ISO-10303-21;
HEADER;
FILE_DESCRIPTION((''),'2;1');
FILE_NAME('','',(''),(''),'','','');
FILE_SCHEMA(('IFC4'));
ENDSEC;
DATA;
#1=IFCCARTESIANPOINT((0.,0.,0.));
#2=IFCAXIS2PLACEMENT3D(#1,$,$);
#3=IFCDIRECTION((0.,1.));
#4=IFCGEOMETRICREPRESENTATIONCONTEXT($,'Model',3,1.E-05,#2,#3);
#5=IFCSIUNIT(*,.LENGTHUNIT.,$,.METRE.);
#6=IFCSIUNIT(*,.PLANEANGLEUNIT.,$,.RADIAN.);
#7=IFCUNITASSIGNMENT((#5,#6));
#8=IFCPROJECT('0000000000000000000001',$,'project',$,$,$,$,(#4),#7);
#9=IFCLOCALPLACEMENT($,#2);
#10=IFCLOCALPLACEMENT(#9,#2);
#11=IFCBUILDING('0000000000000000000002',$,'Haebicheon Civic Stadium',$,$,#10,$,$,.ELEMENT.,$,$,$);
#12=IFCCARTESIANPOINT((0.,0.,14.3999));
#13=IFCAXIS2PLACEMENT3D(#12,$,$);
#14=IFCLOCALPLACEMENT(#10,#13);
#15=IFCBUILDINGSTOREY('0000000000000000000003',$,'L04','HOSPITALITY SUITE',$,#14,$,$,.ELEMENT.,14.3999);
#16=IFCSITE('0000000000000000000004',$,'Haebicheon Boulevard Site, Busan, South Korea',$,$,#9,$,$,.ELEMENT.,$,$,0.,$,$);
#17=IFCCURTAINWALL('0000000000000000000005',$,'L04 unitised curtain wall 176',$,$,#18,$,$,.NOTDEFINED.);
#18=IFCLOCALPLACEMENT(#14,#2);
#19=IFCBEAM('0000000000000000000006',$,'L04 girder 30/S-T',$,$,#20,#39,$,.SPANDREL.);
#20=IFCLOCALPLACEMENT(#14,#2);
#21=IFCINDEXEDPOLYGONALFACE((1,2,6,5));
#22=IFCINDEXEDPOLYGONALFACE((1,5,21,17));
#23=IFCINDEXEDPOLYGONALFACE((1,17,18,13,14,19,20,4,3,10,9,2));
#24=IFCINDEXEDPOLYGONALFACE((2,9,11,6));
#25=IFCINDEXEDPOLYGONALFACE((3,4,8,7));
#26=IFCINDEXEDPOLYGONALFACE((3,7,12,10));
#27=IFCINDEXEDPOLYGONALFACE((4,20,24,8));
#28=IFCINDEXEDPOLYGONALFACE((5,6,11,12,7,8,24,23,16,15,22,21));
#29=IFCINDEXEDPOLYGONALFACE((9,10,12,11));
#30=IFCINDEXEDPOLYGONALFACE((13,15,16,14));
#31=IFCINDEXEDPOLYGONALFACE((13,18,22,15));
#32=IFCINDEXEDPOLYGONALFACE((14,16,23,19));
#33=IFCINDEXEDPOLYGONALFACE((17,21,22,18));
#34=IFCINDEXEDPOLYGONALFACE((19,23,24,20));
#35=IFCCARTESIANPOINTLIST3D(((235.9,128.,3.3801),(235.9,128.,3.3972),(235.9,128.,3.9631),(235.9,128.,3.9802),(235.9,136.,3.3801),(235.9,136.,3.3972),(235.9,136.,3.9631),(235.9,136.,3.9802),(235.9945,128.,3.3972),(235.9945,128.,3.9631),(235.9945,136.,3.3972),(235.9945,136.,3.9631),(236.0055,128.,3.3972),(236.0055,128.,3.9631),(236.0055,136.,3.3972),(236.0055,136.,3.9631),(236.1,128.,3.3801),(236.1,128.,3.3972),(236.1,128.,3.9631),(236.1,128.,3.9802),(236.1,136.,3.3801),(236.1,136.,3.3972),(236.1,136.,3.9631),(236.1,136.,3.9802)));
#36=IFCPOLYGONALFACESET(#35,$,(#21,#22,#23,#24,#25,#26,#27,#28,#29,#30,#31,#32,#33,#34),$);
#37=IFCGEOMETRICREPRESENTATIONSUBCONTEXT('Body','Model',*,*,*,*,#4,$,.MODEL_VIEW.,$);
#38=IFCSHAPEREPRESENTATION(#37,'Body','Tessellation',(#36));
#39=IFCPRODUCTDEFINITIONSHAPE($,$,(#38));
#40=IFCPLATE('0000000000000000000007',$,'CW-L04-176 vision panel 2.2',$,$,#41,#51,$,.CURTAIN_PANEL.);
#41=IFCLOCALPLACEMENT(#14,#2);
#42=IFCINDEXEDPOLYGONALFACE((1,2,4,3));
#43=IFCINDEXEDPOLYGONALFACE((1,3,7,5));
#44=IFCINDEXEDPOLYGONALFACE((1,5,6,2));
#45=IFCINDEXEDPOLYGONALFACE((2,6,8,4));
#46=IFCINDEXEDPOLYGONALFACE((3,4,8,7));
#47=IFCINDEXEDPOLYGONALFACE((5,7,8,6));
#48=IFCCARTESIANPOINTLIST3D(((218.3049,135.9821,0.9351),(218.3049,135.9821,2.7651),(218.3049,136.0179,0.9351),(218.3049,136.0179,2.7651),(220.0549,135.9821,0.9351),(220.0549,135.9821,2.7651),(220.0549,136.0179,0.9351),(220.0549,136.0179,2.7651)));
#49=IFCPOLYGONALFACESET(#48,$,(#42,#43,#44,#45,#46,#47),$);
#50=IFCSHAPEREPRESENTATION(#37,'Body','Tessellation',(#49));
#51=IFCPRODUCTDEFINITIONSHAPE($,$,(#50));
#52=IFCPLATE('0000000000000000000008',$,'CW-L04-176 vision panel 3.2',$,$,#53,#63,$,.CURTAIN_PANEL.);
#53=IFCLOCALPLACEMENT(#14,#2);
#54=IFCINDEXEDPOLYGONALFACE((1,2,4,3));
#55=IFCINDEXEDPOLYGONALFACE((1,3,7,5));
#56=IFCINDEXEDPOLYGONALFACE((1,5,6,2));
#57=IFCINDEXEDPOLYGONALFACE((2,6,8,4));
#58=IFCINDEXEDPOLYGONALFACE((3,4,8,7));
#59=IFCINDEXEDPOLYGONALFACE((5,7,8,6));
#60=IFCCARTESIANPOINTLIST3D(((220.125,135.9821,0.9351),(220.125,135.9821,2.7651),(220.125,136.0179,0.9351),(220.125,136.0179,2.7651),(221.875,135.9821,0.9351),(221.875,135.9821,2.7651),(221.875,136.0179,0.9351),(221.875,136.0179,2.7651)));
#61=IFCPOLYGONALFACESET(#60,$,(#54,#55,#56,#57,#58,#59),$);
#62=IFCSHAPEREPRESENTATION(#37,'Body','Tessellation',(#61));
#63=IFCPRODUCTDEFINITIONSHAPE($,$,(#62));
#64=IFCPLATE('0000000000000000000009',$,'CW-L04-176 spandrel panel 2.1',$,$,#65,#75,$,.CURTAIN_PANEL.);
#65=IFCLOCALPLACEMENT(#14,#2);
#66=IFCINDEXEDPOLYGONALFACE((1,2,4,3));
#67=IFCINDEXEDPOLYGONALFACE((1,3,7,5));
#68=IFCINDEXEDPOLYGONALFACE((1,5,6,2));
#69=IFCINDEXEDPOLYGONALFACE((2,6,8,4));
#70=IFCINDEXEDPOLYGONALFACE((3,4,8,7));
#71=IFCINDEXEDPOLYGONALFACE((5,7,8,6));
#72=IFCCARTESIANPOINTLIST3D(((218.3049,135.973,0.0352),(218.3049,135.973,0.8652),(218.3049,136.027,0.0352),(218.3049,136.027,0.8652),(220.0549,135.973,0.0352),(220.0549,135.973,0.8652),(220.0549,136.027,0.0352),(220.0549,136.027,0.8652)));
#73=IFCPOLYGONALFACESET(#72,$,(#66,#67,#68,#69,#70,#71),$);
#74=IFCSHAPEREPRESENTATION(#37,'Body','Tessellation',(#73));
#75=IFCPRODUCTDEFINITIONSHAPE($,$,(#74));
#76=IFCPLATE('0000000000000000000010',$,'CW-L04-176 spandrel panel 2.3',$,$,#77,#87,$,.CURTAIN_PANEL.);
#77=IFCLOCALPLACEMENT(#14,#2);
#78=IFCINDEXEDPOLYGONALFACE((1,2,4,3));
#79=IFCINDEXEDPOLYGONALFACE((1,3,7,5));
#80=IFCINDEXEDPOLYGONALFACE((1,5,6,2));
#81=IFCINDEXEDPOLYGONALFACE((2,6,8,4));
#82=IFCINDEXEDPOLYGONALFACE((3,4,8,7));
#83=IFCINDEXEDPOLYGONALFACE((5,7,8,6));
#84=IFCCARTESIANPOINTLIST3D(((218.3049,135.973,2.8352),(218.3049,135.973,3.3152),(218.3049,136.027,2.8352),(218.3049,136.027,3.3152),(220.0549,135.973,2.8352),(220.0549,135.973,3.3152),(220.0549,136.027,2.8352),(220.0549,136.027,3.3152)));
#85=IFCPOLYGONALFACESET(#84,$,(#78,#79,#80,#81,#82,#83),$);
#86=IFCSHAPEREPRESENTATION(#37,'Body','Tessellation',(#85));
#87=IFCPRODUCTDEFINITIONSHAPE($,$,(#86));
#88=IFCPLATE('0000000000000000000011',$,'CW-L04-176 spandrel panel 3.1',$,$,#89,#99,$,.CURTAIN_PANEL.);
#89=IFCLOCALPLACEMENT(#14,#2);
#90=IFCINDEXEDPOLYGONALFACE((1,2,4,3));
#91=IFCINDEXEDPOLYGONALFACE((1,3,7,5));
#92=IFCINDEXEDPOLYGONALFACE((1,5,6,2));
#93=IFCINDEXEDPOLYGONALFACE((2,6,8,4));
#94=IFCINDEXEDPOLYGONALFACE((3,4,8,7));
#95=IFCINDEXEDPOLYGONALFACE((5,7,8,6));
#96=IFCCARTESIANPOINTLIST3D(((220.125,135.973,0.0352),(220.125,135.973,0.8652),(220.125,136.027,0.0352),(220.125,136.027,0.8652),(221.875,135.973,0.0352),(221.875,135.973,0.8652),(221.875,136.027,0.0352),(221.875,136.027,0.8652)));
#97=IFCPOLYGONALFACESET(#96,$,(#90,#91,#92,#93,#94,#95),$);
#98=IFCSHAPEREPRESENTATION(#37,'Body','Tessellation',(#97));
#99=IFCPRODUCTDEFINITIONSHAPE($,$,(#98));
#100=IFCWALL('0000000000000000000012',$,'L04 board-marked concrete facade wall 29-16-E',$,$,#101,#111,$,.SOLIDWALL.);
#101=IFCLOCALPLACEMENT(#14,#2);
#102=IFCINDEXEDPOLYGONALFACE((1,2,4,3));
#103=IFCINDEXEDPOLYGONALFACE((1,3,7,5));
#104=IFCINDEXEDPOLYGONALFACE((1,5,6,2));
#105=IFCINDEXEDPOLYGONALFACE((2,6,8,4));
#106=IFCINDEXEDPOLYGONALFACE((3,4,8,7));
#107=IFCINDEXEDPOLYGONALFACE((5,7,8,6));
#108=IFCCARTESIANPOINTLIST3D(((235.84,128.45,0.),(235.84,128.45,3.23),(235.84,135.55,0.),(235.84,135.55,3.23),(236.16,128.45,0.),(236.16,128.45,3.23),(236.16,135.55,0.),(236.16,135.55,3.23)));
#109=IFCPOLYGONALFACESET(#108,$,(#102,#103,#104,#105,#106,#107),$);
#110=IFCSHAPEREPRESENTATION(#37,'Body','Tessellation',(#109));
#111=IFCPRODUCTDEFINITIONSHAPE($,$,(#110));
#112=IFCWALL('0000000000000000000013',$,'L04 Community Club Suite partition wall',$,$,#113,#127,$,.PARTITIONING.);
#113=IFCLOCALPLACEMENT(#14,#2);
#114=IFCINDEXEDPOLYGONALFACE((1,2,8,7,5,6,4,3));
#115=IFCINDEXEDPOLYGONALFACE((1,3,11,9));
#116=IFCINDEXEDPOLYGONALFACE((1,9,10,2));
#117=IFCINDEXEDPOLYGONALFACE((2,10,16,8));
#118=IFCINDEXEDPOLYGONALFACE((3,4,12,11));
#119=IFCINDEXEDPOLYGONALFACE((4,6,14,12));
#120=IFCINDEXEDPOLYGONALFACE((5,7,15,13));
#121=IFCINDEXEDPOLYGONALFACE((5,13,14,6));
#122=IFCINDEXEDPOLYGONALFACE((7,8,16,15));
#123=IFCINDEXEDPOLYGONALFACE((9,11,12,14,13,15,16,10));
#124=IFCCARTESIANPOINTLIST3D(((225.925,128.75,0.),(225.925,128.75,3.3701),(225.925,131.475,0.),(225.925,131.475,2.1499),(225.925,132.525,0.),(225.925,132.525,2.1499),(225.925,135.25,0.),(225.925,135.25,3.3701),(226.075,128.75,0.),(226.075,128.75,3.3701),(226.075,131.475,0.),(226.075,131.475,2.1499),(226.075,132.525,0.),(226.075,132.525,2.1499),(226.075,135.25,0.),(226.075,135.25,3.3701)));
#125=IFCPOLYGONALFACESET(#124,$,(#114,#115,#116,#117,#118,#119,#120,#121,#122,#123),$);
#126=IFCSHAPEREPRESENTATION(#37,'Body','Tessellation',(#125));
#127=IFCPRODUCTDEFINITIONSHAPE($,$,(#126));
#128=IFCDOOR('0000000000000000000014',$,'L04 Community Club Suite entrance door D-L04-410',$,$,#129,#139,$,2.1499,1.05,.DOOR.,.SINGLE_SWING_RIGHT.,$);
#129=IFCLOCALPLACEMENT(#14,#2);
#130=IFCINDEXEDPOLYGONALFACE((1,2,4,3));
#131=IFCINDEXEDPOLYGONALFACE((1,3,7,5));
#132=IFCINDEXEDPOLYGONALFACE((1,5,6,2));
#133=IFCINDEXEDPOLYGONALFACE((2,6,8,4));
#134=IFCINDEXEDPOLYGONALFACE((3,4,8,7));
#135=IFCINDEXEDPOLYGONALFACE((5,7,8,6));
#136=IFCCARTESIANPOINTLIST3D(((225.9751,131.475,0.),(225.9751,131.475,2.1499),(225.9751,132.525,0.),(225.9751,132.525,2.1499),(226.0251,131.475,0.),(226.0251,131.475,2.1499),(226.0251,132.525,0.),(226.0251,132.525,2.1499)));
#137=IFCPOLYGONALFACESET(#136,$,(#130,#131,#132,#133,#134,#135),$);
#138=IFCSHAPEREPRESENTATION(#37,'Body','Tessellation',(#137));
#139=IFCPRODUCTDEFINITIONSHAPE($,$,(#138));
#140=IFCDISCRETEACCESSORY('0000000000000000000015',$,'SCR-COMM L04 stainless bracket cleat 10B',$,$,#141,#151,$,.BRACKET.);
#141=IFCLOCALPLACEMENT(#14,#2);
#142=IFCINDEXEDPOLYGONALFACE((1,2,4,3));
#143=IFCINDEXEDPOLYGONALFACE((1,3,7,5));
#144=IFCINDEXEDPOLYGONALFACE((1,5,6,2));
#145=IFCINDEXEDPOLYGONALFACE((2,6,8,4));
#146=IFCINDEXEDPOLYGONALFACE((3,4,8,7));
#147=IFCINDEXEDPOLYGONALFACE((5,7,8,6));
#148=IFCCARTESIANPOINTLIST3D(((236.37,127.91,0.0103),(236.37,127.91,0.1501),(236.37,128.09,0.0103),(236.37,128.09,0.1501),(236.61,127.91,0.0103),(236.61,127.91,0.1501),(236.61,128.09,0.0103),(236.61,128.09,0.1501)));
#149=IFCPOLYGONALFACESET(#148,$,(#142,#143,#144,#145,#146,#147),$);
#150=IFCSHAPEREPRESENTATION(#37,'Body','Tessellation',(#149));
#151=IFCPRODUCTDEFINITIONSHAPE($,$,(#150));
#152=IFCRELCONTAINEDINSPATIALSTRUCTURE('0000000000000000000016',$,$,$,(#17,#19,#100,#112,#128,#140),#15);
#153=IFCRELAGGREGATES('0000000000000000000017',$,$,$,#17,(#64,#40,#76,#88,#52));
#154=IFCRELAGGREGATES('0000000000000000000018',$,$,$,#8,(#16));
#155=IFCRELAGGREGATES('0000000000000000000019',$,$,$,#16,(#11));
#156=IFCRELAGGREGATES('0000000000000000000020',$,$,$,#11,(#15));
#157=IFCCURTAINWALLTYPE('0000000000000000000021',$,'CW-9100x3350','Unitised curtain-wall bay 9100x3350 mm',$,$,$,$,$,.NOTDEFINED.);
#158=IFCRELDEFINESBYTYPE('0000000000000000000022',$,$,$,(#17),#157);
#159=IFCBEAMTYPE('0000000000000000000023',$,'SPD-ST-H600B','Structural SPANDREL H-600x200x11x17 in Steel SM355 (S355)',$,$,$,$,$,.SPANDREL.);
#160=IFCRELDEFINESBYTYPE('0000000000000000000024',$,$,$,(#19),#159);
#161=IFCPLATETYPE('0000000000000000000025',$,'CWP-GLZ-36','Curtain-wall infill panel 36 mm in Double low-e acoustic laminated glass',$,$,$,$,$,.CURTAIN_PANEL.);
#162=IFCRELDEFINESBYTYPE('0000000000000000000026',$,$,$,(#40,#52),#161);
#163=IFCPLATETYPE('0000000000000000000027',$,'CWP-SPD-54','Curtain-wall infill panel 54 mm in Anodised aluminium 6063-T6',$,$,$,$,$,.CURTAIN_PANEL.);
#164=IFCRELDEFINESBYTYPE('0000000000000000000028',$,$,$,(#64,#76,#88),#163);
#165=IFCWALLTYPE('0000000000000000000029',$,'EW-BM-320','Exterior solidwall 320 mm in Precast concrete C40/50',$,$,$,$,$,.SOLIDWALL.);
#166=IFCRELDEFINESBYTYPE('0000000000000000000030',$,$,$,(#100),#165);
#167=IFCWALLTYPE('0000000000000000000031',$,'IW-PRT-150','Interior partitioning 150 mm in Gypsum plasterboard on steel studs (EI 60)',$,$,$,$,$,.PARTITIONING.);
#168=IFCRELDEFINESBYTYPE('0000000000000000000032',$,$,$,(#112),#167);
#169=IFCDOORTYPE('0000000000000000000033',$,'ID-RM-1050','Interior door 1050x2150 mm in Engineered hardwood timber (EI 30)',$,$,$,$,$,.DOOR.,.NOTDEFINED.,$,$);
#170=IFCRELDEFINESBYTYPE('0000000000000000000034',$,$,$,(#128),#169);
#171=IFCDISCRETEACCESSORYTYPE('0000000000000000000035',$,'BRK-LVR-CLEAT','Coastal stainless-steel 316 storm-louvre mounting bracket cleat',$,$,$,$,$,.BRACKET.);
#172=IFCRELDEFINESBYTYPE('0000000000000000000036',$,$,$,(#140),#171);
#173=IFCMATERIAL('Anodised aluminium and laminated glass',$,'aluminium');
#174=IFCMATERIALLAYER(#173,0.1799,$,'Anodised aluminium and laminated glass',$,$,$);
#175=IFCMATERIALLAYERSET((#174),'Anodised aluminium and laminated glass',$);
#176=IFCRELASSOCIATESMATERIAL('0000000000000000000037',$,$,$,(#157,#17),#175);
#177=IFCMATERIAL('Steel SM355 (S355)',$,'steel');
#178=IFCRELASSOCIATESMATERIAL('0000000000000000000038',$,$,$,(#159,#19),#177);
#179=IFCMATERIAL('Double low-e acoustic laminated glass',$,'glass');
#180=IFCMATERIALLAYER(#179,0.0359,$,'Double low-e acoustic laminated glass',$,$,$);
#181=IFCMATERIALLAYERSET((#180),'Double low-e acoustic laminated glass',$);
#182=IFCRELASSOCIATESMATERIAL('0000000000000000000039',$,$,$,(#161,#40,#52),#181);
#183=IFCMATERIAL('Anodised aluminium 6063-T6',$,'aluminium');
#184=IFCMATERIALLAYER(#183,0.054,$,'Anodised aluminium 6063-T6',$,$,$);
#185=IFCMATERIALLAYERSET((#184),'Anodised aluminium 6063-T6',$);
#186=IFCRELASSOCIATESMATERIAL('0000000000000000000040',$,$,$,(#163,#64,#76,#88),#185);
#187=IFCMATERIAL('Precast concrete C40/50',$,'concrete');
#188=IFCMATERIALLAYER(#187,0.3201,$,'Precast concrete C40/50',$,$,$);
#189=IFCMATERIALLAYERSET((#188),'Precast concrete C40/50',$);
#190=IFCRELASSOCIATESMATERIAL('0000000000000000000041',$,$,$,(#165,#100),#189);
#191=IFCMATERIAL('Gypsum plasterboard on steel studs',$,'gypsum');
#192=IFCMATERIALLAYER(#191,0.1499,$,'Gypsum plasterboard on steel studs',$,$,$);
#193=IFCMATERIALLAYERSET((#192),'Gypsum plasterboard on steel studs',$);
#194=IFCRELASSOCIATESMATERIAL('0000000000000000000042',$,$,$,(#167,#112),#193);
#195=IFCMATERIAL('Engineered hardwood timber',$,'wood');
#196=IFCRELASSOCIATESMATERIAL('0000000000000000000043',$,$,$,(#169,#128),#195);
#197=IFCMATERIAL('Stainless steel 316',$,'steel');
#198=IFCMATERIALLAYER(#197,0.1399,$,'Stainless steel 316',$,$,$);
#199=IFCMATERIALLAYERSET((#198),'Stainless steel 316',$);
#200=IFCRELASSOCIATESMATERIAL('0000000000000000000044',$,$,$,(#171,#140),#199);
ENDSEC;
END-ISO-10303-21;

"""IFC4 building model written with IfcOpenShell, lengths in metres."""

from ifc_helpers import new_model, si_unit, direction, frame, frame_2d, origin, origin_2d, place, context, subcontext, project, spatial, rectangle, i_section, extrude, material, layer, layer_set, material_profile, profile_set, type_object, element, fill, aggregate, save


model = new_model("IFC4")

# Units and contexts
model_context = context("Model", 3, precision=1e-05, world=origin(), true_north=direction((0.0, 1.0)))
body_context = subcontext(model_context, "Body", "Model", "MODEL_VIEW")
ifc_project = project(units=[si_unit("LENGTHUNIT", "METRE"), si_unit("PLANEANGLEUNIT", "RADIAN")], contexts=[model_context])

# Site, building, storey
site_placement = place(None, origin())
site = spatial("IfcSite", under=ifc_project, at=site_placement, Name="Haebicheon Boulevard Site, Busan, South Korea", CompositionType="ELEMENT", RefElevation=0.0)
building_placement = place(site_placement, origin())
building = spatial("IfcBuilding", under=site, at=building_placement, Name="Haebicheon Civic Stadium", CompositionType="ELEMENT")
storey_placement = place(building_placement, frame((0.0, 0.0, 14.3999)))
storey = spatial("IfcBuildingStorey", under=building, at=storey_placement, Name="L04", Description="HOSPITALITY SUITE", CompositionType="ELEMENT", Elevation=14.3999)

# Curtain wall
ifc_material_1 = material(Name="Anodised aluminium and laminated glass", Category="aluminium")
ifc_layer_1 = layer(ifc_material_1, 0.1799, Name="Anodised aluminium and laminated glass")
ifc_layer_set_1 = layer_set([ifc_layer_1], Name="Anodised aluminium and laminated glass")
curtain_wall_type = type_object("IfcCurtainWallType", Name="CW-9100x3350", Description="Unitised curtain-wall bay 9100x3350 mm", PredefinedType="NOTDEFINED", material=ifc_layer_set_1)
curtain_wall_placement = place(storey_placement, origin())
curtain_wall = element("IfcCurtainWall", 1, at=curtain_wall_placement, inside=storey, type_object=curtain_wall_type, material=ifc_layer_set_1, Name="L04 unitised curtain wall 176", PredefinedType="NOTDEFINED")

# Beam
ifc_material_2 = material(Name="Steel SM355 (S355)", Category="steel")
ifc_material_profile_1 = material_profile(ifc_material_2, i_section(OverallWidth=0.2, OverallDepth=0.6001, WebThickness=0.011, FlangeThickness=0.0171, at=origin_2d()), Name="H-600x200x11x17")
ifc_profile_set_1 = profile_set([ifc_material_profile_1], Name="Steel SM355 (S355)")
beam_type_1 = type_object("IfcBeamType", Name="SPD-ST-H600B", Description="Structural SPANDREL H-600x200x11x17 in Steel SM355 (S355)", PredefinedType="SPANDREL", material=ifc_profile_set_1)
beam_1_placement = place(storey_placement, frame((236.0, 128.0, 3.6802), z_axis=(0.0, 1.0, 0.0), x_axis=(-1.0, 0.0, 0.0)))
element("IfcBeam", 2, at=beam_1_placement, inside=storey, type_object=beam_type_1, material=ifc_profile_set_1, Name="L04 girder 30/S-T", PredefinedType="SPANDREL", context=body_context, shape_type="SweptSolid", body=[
    extrude(i_section(OverallWidth=0.2, OverallDepth=0.6001, WebThickness=0.011, FlangeThickness=0.0171, at=origin_2d()), origin(), (0.0, 0.0, 1.0), 8.0),
])

# Plates
ifc_material_3 = material(Name="Double low-e acoustic laminated glass", Category="glass")
ifc_layer_2 = layer(ifc_material_3, 0.0359, Name="Double low-e acoustic laminated glass")
ifc_layer_set_2 = layer_set([ifc_layer_2], Name="Double low-e acoustic laminated glass")
plate_type_1 = type_object("IfcPlateType", Name="CWP-GLZ-36", Description="Curtain-wall infill panel 36 mm in Double low-e acoustic laminated glass", PredefinedType="CURTAIN_PANEL", material=ifc_layer_set_2)
plate_1_placement = place(storey_placement, frame((219.1799, 136.0, 0.9351), z_axis=(0.0, 0.0, 1.0), x_axis=(1.0, 0.0, 0.0)))
plate_1 = element("IfcPlate", 3, at=plate_1_placement, type_object=plate_type_1, material=ifc_layer_set_2, Name="CW-L04-176 vision panel 2.2", PredefinedType="CURTAIN_PANEL", context=body_context, shape_type="SweptSolid", body=[
    extrude(rectangle(XDim=1.75, YDim=0.0359, at=origin_2d()), origin(), (0.0, 0.0, 1.0), 1.8301),
])
plate_2_placement = place(storey_placement, frame((221.0, 136.0, 0.9351), z_axis=(0.0, 0.0, 1.0), x_axis=(1.0, 0.0, 0.0)))
plate_2 = element("IfcPlate", 4, at=plate_2_placement, type_object=plate_type_1, material=ifc_layer_set_2, Name="CW-L04-176 vision panel 3.2", PredefinedType="CURTAIN_PANEL", context=body_context, shape_type="SweptSolid", body=[
    extrude(rectangle(XDim=1.75, YDim=0.0359, at=origin_2d()), origin(), (0.0, 0.0, 1.0), 1.8301),
])
ifc_material_4 = material(Name="Anodised aluminium 6063-T6", Category="aluminium")
ifc_layer_3 = layer(ifc_material_4, 0.054, Name="Anodised aluminium 6063-T6")
ifc_layer_set_3 = layer_set([ifc_layer_3], Name="Anodised aluminium 6063-T6")
plate_type_2 = type_object("IfcPlateType", Name="CWP-SPD-54", Description="Curtain-wall infill panel 54 mm in Anodised aluminium 6063-T6", PredefinedType="CURTAIN_PANEL", material=ifc_layer_set_3)
plate_3_placement = place(storey_placement, frame((219.1799, 136.0, 0.0352), z_axis=(0.0, 0.0, 1.0), x_axis=(1.0, 0.0, 0.0)))
plate_3 = element("IfcPlate", 5, at=plate_3_placement, type_object=plate_type_2, material=ifc_layer_set_3, Name="CW-L04-176 spandrel panel 2.1", PredefinedType="CURTAIN_PANEL", context=body_context, shape_type="SweptSolid", body=[
    extrude(rectangle(XDim=1.75, YDim=0.054, at=origin_2d()), origin(), (0.0, 0.0, 1.0), 0.8301),
])
plate_4_placement = place(storey_placement, frame((219.1799, 136.0, 2.8352), z_axis=(0.0, 0.0, 1.0), x_axis=(1.0, 0.0, 0.0)))
plate_4 = element("IfcPlate", 6, at=plate_4_placement, type_object=plate_type_2, material=ifc_layer_set_3, Name="CW-L04-176 spandrel panel 2.3", PredefinedType="CURTAIN_PANEL", context=body_context, shape_type="SweptSolid", body=[
    extrude(rectangle(XDim=1.75, YDim=0.054, at=origin_2d()), origin(), (0.0, 0.0, 1.0), 0.48),
])
plate_5_placement = place(storey_placement, frame((221.0, 136.0, 0.0352), z_axis=(0.0, 0.0, 1.0), x_axis=(1.0, 0.0, 0.0)))
plate_5 = element("IfcPlate", 7, at=plate_5_placement, type_object=plate_type_2, material=ifc_layer_set_3, Name="CW-L04-176 spandrel panel 3.1", PredefinedType="CURTAIN_PANEL", context=body_context, shape_type="SweptSolid", body=[
    extrude(rectangle(XDim=1.75, YDim=0.054, at=origin_2d()), origin(), (0.0, 0.0, 1.0), 0.8301),
])
aggregate(curtain_wall, [plate_3, plate_1, plate_4, plate_5, plate_2])

# Wall
ifc_material_5 = material(Name="Precast concrete C40/50", Category="concrete")
ifc_layer_4 = layer(ifc_material_5, 0.3201, Name="Precast concrete C40/50")
ifc_layer_set_4 = layer_set([ifc_layer_4], Name="Precast concrete C40/50")
wall_type_1 = type_object("IfcWallType", Name="EW-BM-320", Description="Exterior solidwall 320 mm in Precast concrete C40/50", PredefinedType="SOLIDWALL", material=ifc_layer_set_4)
wall_1_placement = place(storey_placement, frame((236.0, 128.45, 0.0), z_axis=(0.0, 0.0, 1.0), x_axis=(0.0, 1.0, 0.0)))
element("IfcWall", 8, at=wall_1_placement, inside=storey, type_object=wall_type_1, material=ifc_layer_set_4, Name="L04 board-marked concrete facade wall 29-16-E", PredefinedType="SOLIDWALL", context=body_context, shape_type="SweptSolid", body=[
    extrude(rectangle(XDim=7.1001, YDim=0.3201, at=frame_2d((3.55, 0.0))), origin(), (0.0, 0.0, 1.0), 3.23),
])

# Wall, opening, door
ifc_material_6 = material(Name="Gypsum plasterboard on steel studs", Category="gypsum")
ifc_layer_5 = layer(ifc_material_6, 0.1499, Name="Gypsum plasterboard on steel studs")
ifc_layer_set_5 = layer_set([ifc_layer_5], Name="Gypsum plasterboard on steel studs")
wall_type_2 = type_object("IfcWallType", Name="IW-PRT-150", Description="Interior partitioning 150 mm in Gypsum plasterboard on steel studs (EI 60)", PredefinedType="PARTITIONING", material=ifc_layer_set_5)
wall_2_placement = place(storey_placement, frame((226.0, 128.75, 0.0), z_axis=(0.0, 0.0, 1.0), x_axis=(0.0, 1.0, 0.0)))
wall_2 = element("IfcWall", 9, at=wall_2_placement, inside=storey, type_object=wall_type_2, material=ifc_layer_set_5, Name="L04 Community Club Suite partition wall", PredefinedType="PARTITIONING", context=body_context, shape_type="SweptSolid", body=[
    extrude(rectangle(XDim=6.5, YDim=0.1499, at=frame_2d((3.25, 0.0))), origin(), (0.0, 0.0, 1.0), 3.3701),
])
opening_placement = place(wall_2_placement, frame((2.7251, 0.0, 0.0)))
opening = element("IfcOpeningElement", 10, at=opening_placement, cuts=wall_2, PredefinedType="OPENING", context=body_context, shape_type="SweptSolid", body=[
    extrude(rectangle(XDim=1.05, YDim=2.1499, at=frame_2d((0.5249, 1.075))), frame((0.0, 0.085, 0.0), z_axis=(0.0, -1.0, 0.0), x_axis=(1.0, 0.0, 0.0)), (0.0, 0.0, 1.0), 0.1699),
])
ifc_material_7 = material(Name="Engineered hardwood timber", Category="wood")
door_type = type_object("IfcDoorType", Name="ID-RM-1050", Description="Interior door 1050x2150 mm in Engineered hardwood timber (EI 30)", OperationType="NOTDEFINED", PredefinedType="DOOR", material=ifc_material_7)
door_placement = place(opening_placement, origin())
door = element("IfcDoor", 11, at=door_placement, inside=storey, type_object=door_type, material=ifc_material_7, Name="L04 Community Club Suite entrance door D-L04-410", OperationType="SINGLE_SWING_RIGHT", OverallHeight=2.1499, OverallWidth=1.05, PredefinedType="DOOR", context=body_context, shape_type="SweptSolid", body=[
    extrude(rectangle(XDim=1.05, YDim=2.1499, at=frame_2d((0.5249, 1.075))), frame((0.0, 0.0249, 0.0), z_axis=(0.0, -1.0, 0.0), x_axis=(1.0, 0.0, 0.0)), (0.0, 0.0, 1.0), 0.05),
])
fill(opening, door)

# Discrete accessory
ifc_material_8 = material(Name="Stainless steel 316", Category="steel")
ifc_layer_6 = layer(ifc_material_8, 0.1399, Name="Stainless steel 316")
ifc_layer_set_6 = layer_set([ifc_layer_6], Name="Stainless steel 316")
discrete_accessory_type = type_object("IfcDiscreteAccessoryType", Name="BRK-LVR-CLEAT", Description="Coastal stainless-steel 316 storm-louvre mounting bracket cleat", PredefinedType="BRACKET", material=ifc_layer_set_6)
discrete_accessory_placement = place(storey_placement, frame((236.49, 128.0, 0.0103), z_axis=(0.0, 0.0, 1.0), x_axis=(1.0, 0.0, 0.0)))
element("IfcDiscreteAccessory", 12, at=discrete_accessory_placement, inside=storey, type_object=discrete_accessory_type, material=ifc_layer_set_6, Name="SCR-COMM L04 stainless bracket cleat 10B", PredefinedType="BRACKET", context=body_context, shape_type="SweptSolid", body=[
    extrude(rectangle(XDim=0.24, YDim=0.1799, at=origin_2d()), origin(), (0.0, 0.0, 1.0), 0.1399),
])

save(model, "model.ifc")
